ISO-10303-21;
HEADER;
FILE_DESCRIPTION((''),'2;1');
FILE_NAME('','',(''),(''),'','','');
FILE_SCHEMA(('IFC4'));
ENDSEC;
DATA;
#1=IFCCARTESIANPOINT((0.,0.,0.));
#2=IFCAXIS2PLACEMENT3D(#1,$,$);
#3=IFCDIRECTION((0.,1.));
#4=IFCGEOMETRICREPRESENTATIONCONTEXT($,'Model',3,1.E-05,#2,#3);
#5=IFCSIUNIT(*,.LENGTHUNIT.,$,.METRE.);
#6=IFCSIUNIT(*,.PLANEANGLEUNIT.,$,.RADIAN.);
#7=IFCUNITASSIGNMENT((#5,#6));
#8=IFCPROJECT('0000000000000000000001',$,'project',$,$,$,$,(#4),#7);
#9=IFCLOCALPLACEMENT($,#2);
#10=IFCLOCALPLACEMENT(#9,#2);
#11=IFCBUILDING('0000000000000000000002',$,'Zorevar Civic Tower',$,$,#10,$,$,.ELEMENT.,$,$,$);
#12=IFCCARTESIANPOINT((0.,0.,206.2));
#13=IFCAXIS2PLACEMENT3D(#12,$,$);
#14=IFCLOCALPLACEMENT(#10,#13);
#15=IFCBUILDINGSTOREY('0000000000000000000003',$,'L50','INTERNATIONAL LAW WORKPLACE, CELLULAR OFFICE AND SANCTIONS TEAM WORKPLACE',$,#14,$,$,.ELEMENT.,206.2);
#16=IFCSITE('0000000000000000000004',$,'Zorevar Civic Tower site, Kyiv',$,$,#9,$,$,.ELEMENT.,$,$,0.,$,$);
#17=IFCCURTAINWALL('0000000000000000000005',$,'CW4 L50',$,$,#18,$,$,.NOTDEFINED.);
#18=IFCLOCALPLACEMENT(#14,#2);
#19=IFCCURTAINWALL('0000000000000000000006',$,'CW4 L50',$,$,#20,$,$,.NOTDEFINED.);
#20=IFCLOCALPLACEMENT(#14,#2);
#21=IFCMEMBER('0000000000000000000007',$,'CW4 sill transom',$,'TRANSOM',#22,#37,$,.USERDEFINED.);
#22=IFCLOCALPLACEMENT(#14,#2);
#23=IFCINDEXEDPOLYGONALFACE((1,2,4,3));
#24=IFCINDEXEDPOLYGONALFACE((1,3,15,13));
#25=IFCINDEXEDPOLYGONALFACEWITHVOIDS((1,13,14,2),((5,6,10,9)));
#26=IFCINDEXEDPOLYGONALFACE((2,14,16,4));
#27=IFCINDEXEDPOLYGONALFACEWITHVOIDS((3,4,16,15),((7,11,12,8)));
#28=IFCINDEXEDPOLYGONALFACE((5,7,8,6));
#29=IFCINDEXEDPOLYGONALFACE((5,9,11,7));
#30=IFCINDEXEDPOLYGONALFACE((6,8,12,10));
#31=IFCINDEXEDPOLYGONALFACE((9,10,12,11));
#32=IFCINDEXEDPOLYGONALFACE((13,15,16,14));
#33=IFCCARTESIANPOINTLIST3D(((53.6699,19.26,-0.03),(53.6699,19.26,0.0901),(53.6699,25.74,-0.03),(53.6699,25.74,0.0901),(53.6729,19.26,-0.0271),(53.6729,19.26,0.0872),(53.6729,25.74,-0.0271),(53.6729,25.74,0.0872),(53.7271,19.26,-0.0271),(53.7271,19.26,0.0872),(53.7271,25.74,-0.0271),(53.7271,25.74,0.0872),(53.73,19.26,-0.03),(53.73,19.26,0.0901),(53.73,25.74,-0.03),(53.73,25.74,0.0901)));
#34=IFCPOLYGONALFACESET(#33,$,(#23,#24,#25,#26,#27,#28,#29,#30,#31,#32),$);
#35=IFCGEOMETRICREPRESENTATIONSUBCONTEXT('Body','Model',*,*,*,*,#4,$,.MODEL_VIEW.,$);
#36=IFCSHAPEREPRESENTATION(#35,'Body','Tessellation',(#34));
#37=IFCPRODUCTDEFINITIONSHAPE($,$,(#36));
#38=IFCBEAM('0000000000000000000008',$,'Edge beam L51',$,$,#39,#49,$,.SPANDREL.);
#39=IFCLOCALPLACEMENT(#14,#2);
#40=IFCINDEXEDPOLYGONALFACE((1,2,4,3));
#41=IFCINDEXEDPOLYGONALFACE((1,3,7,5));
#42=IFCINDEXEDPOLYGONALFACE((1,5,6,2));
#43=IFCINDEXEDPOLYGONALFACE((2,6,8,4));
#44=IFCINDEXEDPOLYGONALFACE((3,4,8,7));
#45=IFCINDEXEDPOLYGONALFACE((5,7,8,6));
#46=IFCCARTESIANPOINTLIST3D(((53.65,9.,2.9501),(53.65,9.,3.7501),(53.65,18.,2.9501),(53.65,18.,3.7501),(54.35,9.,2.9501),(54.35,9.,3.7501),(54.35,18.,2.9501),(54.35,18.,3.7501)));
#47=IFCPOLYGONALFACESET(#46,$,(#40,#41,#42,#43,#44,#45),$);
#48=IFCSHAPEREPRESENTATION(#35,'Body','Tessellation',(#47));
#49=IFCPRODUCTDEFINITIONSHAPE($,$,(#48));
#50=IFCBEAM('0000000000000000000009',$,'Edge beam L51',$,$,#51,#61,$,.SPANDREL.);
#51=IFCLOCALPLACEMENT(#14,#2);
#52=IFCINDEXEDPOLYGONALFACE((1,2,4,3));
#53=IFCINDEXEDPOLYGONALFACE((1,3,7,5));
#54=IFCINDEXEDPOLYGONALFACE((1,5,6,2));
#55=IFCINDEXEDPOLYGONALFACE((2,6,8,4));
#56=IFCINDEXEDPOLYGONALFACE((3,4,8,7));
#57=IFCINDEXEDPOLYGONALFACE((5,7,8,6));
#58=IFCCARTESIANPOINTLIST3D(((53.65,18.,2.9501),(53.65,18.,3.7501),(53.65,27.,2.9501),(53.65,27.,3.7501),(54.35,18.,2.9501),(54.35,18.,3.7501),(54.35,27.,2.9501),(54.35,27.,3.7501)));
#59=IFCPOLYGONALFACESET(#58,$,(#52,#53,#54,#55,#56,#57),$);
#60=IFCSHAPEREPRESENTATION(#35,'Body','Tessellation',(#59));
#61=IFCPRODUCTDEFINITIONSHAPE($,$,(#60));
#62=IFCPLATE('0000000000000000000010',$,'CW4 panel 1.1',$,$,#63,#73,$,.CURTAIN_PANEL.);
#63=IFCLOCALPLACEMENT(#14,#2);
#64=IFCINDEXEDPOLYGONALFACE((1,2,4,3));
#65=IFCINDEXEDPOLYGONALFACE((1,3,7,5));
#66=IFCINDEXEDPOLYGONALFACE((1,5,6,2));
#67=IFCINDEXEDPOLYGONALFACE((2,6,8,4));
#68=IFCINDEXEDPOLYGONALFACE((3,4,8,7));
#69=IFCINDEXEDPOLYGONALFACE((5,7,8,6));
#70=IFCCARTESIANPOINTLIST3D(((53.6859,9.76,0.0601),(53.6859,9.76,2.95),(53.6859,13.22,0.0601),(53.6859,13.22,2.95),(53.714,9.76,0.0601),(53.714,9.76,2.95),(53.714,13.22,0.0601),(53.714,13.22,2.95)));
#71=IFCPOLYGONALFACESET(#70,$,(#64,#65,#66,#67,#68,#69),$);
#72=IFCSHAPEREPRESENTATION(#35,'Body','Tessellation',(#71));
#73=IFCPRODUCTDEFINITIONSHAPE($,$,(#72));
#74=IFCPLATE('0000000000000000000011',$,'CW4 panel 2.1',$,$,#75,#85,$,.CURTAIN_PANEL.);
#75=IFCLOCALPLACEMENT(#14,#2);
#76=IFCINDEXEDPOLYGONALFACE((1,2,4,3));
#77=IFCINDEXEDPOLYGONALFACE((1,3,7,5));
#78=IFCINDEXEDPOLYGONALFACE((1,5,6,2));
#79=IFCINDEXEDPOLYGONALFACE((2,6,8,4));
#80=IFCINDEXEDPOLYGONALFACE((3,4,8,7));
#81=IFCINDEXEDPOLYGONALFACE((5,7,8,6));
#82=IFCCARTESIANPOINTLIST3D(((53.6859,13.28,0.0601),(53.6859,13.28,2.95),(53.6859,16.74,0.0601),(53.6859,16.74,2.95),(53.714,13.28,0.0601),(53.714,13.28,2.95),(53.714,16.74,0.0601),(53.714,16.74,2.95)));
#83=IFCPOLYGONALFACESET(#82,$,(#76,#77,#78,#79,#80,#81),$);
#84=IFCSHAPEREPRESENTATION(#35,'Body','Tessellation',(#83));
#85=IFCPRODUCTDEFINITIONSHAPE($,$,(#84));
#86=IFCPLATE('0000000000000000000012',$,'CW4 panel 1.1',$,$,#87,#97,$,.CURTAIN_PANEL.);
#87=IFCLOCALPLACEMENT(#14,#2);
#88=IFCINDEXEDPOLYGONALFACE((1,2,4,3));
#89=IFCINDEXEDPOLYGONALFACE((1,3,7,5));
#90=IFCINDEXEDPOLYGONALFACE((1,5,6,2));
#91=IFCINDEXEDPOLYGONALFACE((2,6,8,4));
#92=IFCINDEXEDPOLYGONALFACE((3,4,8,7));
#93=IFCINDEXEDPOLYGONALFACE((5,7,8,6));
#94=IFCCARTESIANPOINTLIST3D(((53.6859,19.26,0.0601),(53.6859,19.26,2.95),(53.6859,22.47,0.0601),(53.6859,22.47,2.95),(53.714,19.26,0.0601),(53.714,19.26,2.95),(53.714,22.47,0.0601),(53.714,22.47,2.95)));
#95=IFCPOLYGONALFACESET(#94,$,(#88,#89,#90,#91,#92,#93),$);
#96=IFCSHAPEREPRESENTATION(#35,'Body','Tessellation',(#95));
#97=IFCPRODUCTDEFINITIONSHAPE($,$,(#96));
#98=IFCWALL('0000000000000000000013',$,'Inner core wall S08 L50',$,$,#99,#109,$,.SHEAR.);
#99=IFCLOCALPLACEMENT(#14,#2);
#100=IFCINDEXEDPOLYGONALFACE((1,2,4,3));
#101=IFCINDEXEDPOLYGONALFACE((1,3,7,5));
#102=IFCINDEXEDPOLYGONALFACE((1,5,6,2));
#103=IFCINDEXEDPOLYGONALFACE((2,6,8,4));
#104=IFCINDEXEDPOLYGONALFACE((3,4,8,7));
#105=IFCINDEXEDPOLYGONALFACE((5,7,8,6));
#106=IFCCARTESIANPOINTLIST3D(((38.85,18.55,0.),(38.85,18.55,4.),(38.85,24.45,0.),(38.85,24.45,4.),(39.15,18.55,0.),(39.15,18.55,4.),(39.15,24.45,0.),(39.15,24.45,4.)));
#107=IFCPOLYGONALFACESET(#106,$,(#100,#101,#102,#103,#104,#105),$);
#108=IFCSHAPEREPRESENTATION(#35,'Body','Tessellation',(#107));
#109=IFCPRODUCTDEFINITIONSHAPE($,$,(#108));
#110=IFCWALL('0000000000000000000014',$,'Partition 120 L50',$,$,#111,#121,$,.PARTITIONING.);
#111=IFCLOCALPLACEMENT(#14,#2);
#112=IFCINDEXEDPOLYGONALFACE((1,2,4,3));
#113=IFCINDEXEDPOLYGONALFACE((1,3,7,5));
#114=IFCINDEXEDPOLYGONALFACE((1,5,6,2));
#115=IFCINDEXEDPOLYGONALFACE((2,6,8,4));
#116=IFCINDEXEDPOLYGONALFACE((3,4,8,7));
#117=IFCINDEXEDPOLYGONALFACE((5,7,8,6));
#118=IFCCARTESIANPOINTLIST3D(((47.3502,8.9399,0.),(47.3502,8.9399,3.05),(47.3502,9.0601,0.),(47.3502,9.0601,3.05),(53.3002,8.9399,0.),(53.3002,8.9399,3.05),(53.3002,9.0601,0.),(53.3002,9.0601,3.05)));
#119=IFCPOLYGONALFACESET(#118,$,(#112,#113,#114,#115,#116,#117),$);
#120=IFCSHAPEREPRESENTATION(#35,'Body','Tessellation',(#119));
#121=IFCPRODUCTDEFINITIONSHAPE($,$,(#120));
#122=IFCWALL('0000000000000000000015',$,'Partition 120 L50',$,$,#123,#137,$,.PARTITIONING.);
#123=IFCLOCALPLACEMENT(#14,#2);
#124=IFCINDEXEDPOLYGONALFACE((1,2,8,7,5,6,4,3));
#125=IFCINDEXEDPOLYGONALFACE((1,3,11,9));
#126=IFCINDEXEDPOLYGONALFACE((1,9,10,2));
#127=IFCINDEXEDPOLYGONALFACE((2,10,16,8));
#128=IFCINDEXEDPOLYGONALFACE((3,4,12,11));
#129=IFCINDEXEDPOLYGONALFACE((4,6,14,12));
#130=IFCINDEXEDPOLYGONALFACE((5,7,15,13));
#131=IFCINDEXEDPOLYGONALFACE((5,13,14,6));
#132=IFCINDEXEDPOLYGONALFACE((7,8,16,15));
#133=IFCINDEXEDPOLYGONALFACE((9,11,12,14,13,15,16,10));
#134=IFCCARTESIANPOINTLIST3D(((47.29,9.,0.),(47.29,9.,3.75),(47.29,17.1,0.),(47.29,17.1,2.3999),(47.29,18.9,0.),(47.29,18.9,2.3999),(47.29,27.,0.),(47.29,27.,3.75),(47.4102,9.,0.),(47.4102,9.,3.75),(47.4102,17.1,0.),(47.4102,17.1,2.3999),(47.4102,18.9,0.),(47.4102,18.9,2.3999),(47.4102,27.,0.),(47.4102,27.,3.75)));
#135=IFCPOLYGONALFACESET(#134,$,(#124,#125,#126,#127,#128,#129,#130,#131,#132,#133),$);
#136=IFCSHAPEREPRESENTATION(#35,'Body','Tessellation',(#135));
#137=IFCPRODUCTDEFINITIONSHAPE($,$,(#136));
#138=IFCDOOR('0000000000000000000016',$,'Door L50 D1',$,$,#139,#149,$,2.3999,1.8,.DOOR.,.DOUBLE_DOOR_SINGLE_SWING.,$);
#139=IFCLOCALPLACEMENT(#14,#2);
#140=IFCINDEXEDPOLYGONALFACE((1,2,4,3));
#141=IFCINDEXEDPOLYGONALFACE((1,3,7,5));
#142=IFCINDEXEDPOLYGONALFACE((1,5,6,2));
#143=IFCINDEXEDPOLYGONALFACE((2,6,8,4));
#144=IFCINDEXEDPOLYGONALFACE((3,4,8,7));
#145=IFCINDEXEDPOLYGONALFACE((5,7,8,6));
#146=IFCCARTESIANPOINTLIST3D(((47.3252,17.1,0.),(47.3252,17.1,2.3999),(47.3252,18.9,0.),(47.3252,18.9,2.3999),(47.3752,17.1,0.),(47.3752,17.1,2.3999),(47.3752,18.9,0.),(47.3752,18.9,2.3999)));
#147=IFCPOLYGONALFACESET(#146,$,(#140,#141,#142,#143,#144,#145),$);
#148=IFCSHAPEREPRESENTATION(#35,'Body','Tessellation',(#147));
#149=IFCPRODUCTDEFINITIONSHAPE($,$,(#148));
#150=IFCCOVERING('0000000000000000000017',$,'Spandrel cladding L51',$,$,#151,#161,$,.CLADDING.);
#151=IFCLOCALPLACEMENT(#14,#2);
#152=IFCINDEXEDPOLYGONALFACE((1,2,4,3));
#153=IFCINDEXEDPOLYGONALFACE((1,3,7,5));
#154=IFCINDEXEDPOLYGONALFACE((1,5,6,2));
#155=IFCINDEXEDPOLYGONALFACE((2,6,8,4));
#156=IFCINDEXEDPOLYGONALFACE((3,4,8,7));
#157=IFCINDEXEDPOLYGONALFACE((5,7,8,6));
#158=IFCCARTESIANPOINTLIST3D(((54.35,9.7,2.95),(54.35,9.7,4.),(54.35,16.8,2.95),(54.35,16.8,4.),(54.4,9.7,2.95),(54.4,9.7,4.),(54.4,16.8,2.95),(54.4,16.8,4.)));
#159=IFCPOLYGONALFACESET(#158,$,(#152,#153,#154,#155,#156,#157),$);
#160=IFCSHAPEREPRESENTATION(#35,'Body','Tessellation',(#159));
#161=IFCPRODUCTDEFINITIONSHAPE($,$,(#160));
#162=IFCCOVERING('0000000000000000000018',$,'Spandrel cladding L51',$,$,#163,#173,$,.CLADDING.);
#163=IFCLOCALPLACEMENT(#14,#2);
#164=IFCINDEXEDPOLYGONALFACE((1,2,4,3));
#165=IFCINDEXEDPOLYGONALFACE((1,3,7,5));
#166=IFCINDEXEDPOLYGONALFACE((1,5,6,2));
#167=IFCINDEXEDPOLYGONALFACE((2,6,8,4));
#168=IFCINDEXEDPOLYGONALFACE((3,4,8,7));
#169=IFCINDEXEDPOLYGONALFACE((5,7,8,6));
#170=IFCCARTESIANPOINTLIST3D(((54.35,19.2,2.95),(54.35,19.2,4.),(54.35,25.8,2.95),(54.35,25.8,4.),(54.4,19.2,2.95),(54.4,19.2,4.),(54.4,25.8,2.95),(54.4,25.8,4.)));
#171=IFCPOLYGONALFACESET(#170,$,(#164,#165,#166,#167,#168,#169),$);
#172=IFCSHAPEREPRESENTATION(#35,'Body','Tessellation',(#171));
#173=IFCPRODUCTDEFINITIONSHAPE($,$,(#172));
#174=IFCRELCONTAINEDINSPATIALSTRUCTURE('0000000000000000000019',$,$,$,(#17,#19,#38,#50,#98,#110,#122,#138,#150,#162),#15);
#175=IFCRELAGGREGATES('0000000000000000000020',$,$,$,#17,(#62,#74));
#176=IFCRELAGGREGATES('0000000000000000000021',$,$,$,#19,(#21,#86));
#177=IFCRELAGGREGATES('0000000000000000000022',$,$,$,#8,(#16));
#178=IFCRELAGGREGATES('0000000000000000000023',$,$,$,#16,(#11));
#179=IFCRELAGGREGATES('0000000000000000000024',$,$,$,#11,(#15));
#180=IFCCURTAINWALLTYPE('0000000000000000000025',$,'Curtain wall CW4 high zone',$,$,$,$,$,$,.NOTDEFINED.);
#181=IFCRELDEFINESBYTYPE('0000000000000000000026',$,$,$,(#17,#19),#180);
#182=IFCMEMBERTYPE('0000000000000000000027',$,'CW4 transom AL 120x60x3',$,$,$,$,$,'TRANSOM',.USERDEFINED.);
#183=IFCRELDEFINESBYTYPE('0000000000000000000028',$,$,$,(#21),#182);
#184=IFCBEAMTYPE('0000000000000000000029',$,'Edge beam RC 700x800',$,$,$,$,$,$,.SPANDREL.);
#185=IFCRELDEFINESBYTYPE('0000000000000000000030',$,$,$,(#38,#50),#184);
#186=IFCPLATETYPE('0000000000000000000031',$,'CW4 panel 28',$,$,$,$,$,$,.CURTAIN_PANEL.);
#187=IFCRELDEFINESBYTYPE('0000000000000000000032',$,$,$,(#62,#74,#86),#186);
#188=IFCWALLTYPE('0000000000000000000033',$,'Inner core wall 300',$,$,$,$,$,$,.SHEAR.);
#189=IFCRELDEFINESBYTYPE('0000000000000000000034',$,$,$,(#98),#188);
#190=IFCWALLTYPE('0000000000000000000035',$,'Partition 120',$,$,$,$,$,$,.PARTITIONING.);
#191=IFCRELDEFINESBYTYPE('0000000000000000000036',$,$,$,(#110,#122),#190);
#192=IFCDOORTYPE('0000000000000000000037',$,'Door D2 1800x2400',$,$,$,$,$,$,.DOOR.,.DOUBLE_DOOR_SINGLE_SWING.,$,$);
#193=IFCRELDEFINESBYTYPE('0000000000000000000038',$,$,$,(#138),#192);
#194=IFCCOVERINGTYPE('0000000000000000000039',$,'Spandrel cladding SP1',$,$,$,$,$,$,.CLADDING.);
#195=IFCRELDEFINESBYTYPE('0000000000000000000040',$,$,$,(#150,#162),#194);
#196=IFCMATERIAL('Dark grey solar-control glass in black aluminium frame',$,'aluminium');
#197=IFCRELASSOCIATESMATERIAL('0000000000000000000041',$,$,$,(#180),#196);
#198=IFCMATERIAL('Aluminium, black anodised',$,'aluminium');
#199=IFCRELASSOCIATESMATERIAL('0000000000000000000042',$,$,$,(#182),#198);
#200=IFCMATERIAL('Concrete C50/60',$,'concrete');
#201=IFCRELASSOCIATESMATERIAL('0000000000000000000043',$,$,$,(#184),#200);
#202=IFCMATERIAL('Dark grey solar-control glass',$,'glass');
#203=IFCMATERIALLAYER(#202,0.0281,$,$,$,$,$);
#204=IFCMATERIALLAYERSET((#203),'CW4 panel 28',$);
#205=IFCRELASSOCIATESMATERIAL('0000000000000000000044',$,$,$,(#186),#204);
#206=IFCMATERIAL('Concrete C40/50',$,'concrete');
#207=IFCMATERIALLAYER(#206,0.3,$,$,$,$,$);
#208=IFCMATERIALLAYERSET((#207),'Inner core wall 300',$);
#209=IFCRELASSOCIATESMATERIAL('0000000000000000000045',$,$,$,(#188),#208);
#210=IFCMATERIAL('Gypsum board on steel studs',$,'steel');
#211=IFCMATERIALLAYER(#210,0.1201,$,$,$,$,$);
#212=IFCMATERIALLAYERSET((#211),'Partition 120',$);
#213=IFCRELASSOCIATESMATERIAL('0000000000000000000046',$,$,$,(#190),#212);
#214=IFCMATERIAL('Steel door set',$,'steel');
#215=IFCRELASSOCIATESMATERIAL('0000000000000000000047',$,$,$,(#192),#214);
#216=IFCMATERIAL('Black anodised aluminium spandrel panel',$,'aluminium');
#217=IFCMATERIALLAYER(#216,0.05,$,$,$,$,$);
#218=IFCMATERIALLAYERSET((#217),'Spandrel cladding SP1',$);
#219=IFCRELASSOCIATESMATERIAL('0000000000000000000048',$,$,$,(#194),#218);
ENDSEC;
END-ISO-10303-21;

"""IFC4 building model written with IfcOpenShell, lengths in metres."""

from ifc_helpers import new_model, si_unit, direction, frame, frame_2d, origin, origin_2d, place, context, subcontext, project, spatial, rectangle, hollow_rectangle, extrude, material, layer, layer_set, material_profile, profile_set, type_object, element, fill, aggregate, save


model = new_model("IFC4")

# Units and contexts
model_context = context("Model", 3, precision=1e-05, world=origin(), true_north=direction((0.0, 1.0)))
body_context = subcontext(model_context, "Body", "Model", "MODEL_VIEW")
ifc_project = project(units=[si_unit("LENGTHUNIT", "METRE"), si_unit("PLANEANGLEUNIT", "RADIAN")], contexts=[model_context])

# Site, building, storey
site_placement = place(None, origin())
site = spatial("IfcSite", under=ifc_project, at=site_placement, Name="Zorevar Civic Tower site, Kyiv", CompositionType="ELEMENT", RefElevation=0.0)
building_placement = place(site_placement, origin())
building = spatial("IfcBuilding", under=site, at=building_placement, Name="Zorevar Civic Tower", CompositionType="ELEMENT")
storey_placement = place(building_placement, frame((0.0, 0.0, 206.2)))
storey = spatial("IfcBuildingStorey", under=building, at=storey_placement, Name="L50", Description="INTERNATIONAL LAW WORKPLACE, CELLULAR OFFICE AND SANCTIONS TEAM WORKPLACE", CompositionType="ELEMENT", Elevation=206.2)

# Curtain wall
ifc_material_1 = material(Name="Dark grey solar-control glass in black aluminium frame", Category="aluminium")
curtain_wall_type = type_object("IfcCurtainWallType", Name="Curtain wall CW4 high zone", PredefinedType="NOTDEFINED", material=ifc_material_1)
curtain_wall_1_placement = place(storey_placement, origin())
curtain_wall_1 = element("IfcCurtainWall", 1, at=curtain_wall_1_placement, inside=storey, type_object=curtain_wall_type, Name="CW4 L50", PredefinedType="NOTDEFINED")

# Curtain wall
curtain_wall_2_placement = place(storey_placement, origin())
curtain_wall_2 = element("IfcCurtainWall", 2, at=curtain_wall_2_placement, inside=storey, type_object=curtain_wall_type, Name="CW4 L50", PredefinedType="NOTDEFINED")

# Member
ifc_material_2 = material(Name="Aluminium, black anodised", Category="aluminium")
ifc_material_profile_1 = material_profile(ifc_material_2, hollow_rectangle(XDim=0.0601, YDim=0.1201, WallThickness=0.0029, at=origin_2d()), Name="AL 120x60x3")
ifc_profile_set_1 = profile_set([ifc_material_profile_1], Name="Aluminium, black anodised")
member_type_1 = type_object("IfcMemberType", Name="CW4 transom AL 120x60x3", ElementType="TRANSOM", PredefinedType="USERDEFINED", material=ifc_profile_set_1)
member_1_placement = place(storey_placement, frame((53.7, 19.26, 0.03), z_axis=(0.0, 1.0, 0.0), x_axis=(-1.0, 0.0, 0.0)))
member_1 = element("IfcMember", 3, at=member_1_placement, type_object=member_type_1, Name="CW4 sill transom", ObjectType="TRANSOM", PredefinedType="USERDEFINED", context=body_context, shape_type="SweptSolid", body=[
    extrude(hollow_rectangle(XDim=0.0601, YDim=0.1201, WallThickness=0.0029, at=origin_2d()), origin(), (0.0, 0.0, 1.0), 6.48),
])

# Beams
ifc_material_3 = material(Name="Concrete C50/60", Category="concrete")
ifc_material_profile_2 = material_profile(ifc_material_3, rectangle(XDim=0.7, YDim=0.8, at=origin_2d()), Name="RC 700x800")
ifc_profile_set_2 = profile_set([ifc_material_profile_2], Name="Concrete C50/60")
beam_type_1 = type_object("IfcBeamType", Name="Edge beam RC 700x800", PredefinedType="SPANDREL", material=ifc_profile_set_2)
for number, where, z_axis, x_axis, name in (
    (4, (54.0, 9.0, 3.3501), (0.0, 1.0, 0.0), (-1.0, 0.0, 0.0), "Edge beam L51"),
    (5, (54.0, 18.0, 3.3501), (0.0, 1.0, 0.0), (-1.0, 0.0, 0.0), "Edge beam L51"),
):
    element("IfcBeam", number, at=place(storey_placement, frame(where, z_axis=z_axis, x_axis=x_axis)), inside=storey, type_object=beam_type_1, Name=name, PredefinedType="SPANDREL", context=body_context, shape_type="SweptSolid", body=[
        extrude(rectangle(XDim=0.7, YDim=0.8, at=origin_2d()), origin(), (0.0, 0.0, 1.0), 9.0),
    ])

# Plates
ifc_material_4 = material(Name="Dark grey solar-control glass", Category="glass")
ifc_layer_1 = layer(ifc_material_4, 0.0281)
ifc_layer_set_1 = layer_set([ifc_layer_1], Name="CW4 panel 28")
plate_type = type_object("IfcPlateType", Name="CW4 panel 28", PredefinedType="CURTAIN_PANEL", material=ifc_layer_set_1)
plate_1_placement = place(storey_placement, frame((53.7, 11.49, 0.0601), z_axis=(0.0, 0.0, 1.0), x_axis=(0.0, 1.0, 0.0)))
plate_1 = element("IfcPlate", 6, at=plate_1_placement, type_object=plate_type, Name="CW4 panel 1.1", PredefinedType="CURTAIN_PANEL", context=body_context, shape_type="SweptSolid", body=[
    extrude(rectangle(XDim=3.46, YDim=0.0281, at=origin_2d()), origin(), (0.0, 0.0, 1.0), 2.8899),
])
plate_2_placement = place(storey_placement, frame((53.7, 15.01, 0.0601), z_axis=(0.0, 0.0, 1.0), x_axis=(0.0, 1.0, 0.0)))
plate_2 = element("IfcPlate", 7, at=plate_2_placement, type_object=plate_type, Name="CW4 panel 2.1", PredefinedType="CURTAIN_PANEL", context=body_context, shape_type="SweptSolid", body=[
    extrude(rectangle(XDim=3.46, YDim=0.0281, at=origin_2d()), origin(), (0.0, 0.0, 1.0), 2.8899),
])
aggregate(curtain_wall_1, [plate_1, plate_2])
plate_3_placement = place(storey_placement, frame((53.7, 20.865, 0.0601), z_axis=(0.0, 0.0, 1.0), x_axis=(0.0, 1.0, 0.0)))
plate_3 = element("IfcPlate", 8, at=plate_3_placement, type_object=plate_type, Name="CW4 panel 1.1", PredefinedType="CURTAIN_PANEL", context=body_context, shape_type="SweptSolid", body=[
    extrude(rectangle(XDim=3.21, YDim=0.0281, at=origin_2d()), origin(), (0.0, 0.0, 1.0), 2.8899),
])
aggregate(curtain_wall_2, [member_1, plate_3])

# Walls
ifc_material_5 = material(Name="Concrete C40/50", Category="concrete")
ifc_layer_2 = layer(ifc_material_5, 0.3)
ifc_layer_set_2 = layer_set([ifc_layer_2], Name="Inner core wall 300")
wall_type_1 = type_object("IfcWallType", Name="Inner core wall 300", PredefinedType="SHEAR", material=ifc_layer_set_2)
wall_1_placement = place(storey_placement, frame((39.0, 18.55, 0.0), z_axis=(0.0, 0.0, 1.0), x_axis=(0.0, 1.0, 0.0)))
element("IfcWall", 9, at=wall_1_placement, inside=storey, type_object=wall_type_1, Name="Inner core wall S08 L50", PredefinedType="SHEAR", context=body_context, shape_type="SweptSolid", body=[
    extrude(rectangle(XDim=5.8999, YDim=0.3, at=frame_2d((2.95, 0.0))), origin(), (0.0, 0.0, 1.0), 4.0),
])
ifc_material_6 = material(Name="Gypsum board on steel studs", Category="steel")
ifc_layer_3 = layer(ifc_material_6, 0.1201)
ifc_layer_set_3 = layer_set([ifc_layer_3], Name="Partition 120")
wall_type_2 = type_object("IfcWallType", Name="Partition 120", PredefinedType="PARTITIONING", material=ifc_layer_set_3)
wall_2_placement = place(storey_placement, frame((47.3501, 9.0, 0.0), z_axis=(0.0, 0.0, 1.0), x_axis=(1.0, 0.0, 0.0)))
element("IfcWall", 10, at=wall_2_placement, inside=storey, type_object=wall_type_2, Name="Partition 120 L50", PredefinedType="PARTITIONING", context=body_context, shape_type="SweptSolid", body=[
    extrude(rectangle(XDim=5.95, YDim=0.1201, at=frame_2d((2.9751, 0.0))), origin(), (0.0, 0.0, 1.0), 3.05),
])

# Wall, opening, door
wall_3_placement = place(storey_placement, frame((47.3501, 9.0, 0.0), z_axis=(0.0, 0.0, 1.0), x_axis=(0.0, 1.0, 0.0)))
wall_3 = element("IfcWall", 11, at=wall_3_placement, inside=storey, type_object=wall_type_2, Name="Partition 120 L50", PredefinedType="PARTITIONING", context=body_context, shape_type="SweptSolid", body=[
    extrude(rectangle(XDim=18.0, YDim=0.1201, at=frame_2d((9.0, 0.0))), origin(), (0.0, 0.0, 1.0), 3.75),
])
opening_1_placement = place(wall_3_placement, frame((8.1001, 0.0, 0.0)))
opening_1 = element("IfcOpeningElement", 12, at=opening_1_placement, cuts=wall_3, PredefinedType="OPENING", context=body_context, shape_type="SweptSolid", body=[
    extrude(rectangle(XDim=1.8, YDim=2.3999, at=frame_2d((0.8999, 1.2))), frame((0.0, 0.0701, 0.0), z_axis=(0.0, -1.0, 0.0), x_axis=(1.0, 0.0, 0.0)), (0.0, 0.0, 1.0), 0.1401),
])
ifc_material_7 = material(Name="Steel door set", Category="steel")
door_type_1 = type_object("IfcDoorType", Name="Door D2 1800x2400", OperationType="DOUBLE_DOOR_SINGLE_SWING", PredefinedType="DOOR", material=ifc_material_7)
door_1_placement = place(opening_1_placement, origin())
door_1 = element("IfcDoor", 13, at=door_1_placement, inside=storey, type_object=door_type_1, Name="Door L50 D1", OperationType="DOUBLE_DOOR_SINGLE_SWING", OverallHeight=2.3999, OverallWidth=1.8, PredefinedType="DOOR", context=body_context, shape_type="SweptSolid", body=[
    extrude(rectangle(XDim=1.8, YDim=2.3999, at=frame_2d((0.8999, 1.2))), frame((0.0, 0.0249, 0.0), z_axis=(0.0, -1.0, 0.0), x_axis=(1.0, 0.0, 0.0)), (0.0, 0.0, 1.0), 0.05),
])
fill(opening_1, door_1)

# Coverings
ifc_material_8 = material(Name="Black anodised aluminium spandrel panel", Category="aluminium")
ifc_layer_4 = layer(ifc_material_8, 0.05)
ifc_layer_set_4 = layer_set([ifc_layer_4], Name="Spandrel cladding SP1")
covering_type = type_object("IfcCoveringType", Name="Spandrel cladding SP1", PredefinedType="CLADDING", material=ifc_layer_set_4)
covering_1_placement = place(storey_placement, frame((54.375, 9.7, 2.95), z_axis=(0.0, 0.0, 1.0), x_axis=(0.0, 1.0, 0.0)))
element("IfcCovering", 14, at=covering_1_placement, inside=storey, type_object=covering_type, Name="Spandrel cladding L51", PredefinedType="CLADDING", context=body_context, shape_type="SweptSolid", body=[
    extrude(rectangle(XDim=7.1001, YDim=0.05, at=frame_2d((3.55, 0.0))), origin(), (0.0, 0.0, 1.0), 1.05),
])
covering_2_placement = place(storey_placement, frame((54.375, 19.2, 2.95), z_axis=(0.0, 0.0, 1.0), x_axis=(0.0, 1.0, 0.0)))
element("IfcCovering", 15, at=covering_2_placement, inside=storey, type_object=covering_type, Name="Spandrel cladding L51", PredefinedType="CLADDING", context=body_context, shape_type="SweptSolid", body=[
    extrude(rectangle(XDim=6.6001, YDim=0.05, at=frame_2d((3.3, 0.0))), origin(), (0.0, 0.0, 1.0), 1.05),
])

save(model, "model.ifc")
